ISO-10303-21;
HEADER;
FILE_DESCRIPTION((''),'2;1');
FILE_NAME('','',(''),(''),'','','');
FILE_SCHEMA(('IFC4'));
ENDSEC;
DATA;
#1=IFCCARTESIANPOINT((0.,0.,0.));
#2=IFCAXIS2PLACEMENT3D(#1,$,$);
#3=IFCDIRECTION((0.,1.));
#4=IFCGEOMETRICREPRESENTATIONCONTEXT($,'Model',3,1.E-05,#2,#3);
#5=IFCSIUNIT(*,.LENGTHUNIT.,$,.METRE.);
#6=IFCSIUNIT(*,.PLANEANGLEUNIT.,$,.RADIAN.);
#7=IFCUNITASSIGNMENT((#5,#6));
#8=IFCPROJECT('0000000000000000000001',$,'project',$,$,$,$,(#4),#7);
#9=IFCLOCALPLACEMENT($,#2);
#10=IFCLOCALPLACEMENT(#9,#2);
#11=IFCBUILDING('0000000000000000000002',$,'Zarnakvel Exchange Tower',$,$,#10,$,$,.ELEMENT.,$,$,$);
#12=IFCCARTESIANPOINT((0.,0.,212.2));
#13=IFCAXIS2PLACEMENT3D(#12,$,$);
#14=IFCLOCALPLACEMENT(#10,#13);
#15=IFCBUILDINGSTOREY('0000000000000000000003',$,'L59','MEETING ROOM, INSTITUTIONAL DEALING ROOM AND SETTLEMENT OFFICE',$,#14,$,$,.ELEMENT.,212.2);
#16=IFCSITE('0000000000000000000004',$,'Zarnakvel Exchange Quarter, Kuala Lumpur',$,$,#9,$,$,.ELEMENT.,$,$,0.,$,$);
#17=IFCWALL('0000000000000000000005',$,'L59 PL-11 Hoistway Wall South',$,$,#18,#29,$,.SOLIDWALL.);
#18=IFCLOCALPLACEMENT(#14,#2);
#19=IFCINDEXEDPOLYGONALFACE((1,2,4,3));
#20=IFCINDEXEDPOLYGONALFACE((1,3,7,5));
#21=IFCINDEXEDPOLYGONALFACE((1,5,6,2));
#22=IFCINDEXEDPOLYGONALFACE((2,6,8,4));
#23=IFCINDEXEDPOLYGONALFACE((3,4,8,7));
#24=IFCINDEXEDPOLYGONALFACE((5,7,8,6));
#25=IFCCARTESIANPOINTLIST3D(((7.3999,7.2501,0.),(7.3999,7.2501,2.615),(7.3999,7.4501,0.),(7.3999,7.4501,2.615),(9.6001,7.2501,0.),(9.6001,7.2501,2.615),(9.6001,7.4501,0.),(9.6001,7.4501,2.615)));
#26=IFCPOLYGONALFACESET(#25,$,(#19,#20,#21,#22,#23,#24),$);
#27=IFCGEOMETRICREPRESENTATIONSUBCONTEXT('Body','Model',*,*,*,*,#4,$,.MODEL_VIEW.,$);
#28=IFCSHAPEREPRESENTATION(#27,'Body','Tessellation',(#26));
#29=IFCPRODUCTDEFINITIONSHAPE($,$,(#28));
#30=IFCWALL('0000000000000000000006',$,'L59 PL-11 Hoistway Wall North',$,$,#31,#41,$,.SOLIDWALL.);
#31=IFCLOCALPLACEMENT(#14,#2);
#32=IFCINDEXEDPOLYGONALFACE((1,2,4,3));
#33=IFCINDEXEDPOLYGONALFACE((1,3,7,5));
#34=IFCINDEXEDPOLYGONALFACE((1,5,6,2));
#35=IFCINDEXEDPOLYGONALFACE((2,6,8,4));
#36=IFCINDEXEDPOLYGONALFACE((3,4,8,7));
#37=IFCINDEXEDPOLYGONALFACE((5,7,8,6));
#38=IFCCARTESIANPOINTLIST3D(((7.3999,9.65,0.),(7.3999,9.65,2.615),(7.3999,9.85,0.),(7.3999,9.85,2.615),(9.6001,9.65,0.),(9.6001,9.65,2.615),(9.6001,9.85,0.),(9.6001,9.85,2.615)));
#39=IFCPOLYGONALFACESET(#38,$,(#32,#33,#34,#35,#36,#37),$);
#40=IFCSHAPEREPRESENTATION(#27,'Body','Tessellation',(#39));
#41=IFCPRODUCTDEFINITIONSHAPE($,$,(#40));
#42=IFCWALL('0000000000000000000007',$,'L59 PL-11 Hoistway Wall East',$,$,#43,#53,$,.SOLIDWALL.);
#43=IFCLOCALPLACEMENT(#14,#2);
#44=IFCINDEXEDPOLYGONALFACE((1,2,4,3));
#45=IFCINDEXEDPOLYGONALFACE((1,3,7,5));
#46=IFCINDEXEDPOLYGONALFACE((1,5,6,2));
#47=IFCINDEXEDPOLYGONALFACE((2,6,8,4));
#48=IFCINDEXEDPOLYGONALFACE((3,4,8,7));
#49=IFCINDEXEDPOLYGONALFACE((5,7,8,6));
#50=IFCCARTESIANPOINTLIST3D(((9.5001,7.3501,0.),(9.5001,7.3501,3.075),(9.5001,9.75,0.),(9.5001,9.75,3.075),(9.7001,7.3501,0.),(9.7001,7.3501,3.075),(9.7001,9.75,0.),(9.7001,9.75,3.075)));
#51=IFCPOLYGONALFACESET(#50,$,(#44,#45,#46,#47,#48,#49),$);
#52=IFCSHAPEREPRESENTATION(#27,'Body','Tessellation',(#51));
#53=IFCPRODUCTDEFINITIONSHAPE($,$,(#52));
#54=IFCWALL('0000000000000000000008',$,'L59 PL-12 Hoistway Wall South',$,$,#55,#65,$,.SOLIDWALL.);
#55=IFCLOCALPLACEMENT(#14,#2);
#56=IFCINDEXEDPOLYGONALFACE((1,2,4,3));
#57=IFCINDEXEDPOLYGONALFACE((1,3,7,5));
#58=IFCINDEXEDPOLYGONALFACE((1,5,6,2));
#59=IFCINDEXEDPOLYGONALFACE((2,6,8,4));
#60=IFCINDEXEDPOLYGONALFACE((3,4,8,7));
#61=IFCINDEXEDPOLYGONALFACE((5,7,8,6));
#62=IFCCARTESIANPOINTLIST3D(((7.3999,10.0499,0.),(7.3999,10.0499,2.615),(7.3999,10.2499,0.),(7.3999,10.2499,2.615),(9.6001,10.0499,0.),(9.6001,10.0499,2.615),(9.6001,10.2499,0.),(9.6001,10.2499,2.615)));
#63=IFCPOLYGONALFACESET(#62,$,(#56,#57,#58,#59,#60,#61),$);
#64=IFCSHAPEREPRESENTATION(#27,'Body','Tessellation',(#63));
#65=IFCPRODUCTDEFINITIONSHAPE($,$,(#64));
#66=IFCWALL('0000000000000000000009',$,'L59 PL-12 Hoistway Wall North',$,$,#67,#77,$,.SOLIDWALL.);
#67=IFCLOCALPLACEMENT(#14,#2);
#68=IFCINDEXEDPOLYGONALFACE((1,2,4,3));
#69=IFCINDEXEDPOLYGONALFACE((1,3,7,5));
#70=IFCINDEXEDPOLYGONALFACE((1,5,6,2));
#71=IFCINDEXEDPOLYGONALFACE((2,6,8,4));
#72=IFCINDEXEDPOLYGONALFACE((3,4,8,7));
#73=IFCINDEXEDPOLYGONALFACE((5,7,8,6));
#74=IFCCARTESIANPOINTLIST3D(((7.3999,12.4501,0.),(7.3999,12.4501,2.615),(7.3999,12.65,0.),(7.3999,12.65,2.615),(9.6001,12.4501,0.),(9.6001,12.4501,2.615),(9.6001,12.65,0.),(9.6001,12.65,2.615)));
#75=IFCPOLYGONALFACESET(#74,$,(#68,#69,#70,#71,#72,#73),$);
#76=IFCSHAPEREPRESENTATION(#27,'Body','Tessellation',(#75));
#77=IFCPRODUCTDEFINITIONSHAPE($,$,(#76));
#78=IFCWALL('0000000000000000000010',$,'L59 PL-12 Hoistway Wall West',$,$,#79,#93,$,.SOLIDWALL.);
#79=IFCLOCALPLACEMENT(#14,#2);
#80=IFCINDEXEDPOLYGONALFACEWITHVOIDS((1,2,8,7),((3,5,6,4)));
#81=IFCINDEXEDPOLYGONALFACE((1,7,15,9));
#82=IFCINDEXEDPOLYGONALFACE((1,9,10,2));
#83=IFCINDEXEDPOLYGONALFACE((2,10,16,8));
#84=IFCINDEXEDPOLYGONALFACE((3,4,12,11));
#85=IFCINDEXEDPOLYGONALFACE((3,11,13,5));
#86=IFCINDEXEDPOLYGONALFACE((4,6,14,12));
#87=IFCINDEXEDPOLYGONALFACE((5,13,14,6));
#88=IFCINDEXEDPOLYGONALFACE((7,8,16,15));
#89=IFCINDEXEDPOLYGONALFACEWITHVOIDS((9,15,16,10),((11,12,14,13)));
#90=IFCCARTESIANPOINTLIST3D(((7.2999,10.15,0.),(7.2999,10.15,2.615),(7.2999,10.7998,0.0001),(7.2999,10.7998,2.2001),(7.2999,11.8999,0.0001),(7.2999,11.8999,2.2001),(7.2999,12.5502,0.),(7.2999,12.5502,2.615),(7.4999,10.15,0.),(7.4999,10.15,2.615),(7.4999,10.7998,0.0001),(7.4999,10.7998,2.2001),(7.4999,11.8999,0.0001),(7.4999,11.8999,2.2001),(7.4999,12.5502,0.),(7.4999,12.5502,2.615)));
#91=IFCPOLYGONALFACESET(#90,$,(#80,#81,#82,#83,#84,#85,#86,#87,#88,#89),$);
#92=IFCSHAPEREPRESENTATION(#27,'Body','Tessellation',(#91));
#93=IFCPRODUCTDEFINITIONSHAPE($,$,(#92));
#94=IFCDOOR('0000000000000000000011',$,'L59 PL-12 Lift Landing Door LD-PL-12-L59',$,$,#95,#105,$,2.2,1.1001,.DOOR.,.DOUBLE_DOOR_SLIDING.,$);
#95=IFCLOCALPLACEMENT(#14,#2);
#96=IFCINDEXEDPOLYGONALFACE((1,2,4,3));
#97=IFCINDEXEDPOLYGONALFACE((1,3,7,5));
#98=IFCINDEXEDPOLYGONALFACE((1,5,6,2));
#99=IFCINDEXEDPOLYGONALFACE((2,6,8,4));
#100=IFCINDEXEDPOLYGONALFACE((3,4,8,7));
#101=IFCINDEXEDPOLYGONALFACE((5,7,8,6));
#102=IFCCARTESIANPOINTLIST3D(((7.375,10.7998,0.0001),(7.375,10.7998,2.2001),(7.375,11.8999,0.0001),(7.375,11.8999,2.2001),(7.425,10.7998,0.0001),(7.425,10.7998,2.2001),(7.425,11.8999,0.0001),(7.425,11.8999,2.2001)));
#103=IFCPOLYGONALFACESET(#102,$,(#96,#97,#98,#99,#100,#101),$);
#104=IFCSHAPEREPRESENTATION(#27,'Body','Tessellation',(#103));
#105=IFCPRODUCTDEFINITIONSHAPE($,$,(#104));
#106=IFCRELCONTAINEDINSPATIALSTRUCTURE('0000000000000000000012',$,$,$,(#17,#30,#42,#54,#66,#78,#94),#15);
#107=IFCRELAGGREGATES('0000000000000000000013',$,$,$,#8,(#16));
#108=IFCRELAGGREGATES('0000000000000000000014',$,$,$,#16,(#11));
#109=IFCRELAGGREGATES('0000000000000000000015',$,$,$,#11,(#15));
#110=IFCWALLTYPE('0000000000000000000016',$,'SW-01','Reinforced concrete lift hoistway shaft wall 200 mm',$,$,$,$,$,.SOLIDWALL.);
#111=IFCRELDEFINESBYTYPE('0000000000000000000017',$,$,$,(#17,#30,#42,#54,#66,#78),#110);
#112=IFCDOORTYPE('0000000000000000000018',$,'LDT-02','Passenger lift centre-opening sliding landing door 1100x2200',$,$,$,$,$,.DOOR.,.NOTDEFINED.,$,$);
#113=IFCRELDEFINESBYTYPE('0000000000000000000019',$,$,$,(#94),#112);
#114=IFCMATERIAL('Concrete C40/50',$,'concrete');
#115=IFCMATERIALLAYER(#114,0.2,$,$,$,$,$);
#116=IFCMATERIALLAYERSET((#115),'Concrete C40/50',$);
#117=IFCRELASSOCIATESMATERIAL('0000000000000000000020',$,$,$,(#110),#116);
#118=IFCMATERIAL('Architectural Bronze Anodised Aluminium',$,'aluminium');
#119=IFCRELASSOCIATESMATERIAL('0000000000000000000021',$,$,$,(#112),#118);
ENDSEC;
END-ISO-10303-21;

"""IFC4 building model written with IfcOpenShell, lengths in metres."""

from ifc_helpers import new_model, si_unit, direction, frame, frame_2d, origin, place, context, subcontext, project, spatial, rectangle, extrude, source, transform, mapped, material, layer, layer_set, type_object, element, fill, save


model = new_model("IFC4")

# Units and contexts
model_context = context("Model", 3, precision=1e-05, world=origin(), true_north=direction((0.0, 1.0)))
body_context = subcontext(model_context, "Body", "Model", "MODEL_VIEW")
ifc_project = project(units=[si_unit("LENGTHUNIT", "METRE"), si_unit("PLANEANGLEUNIT", "RADIAN")], contexts=[model_context])

# Site, building, storey
site_placement = place(None, origin())
site = spatial("IfcSite", under=ifc_project, at=site_placement, Name="Zarnakvel Exchange Quarter, Kuala Lumpur", CompositionType="ELEMENT", RefElevation=0.0)
building_placement = place(site_placement, origin())
building = spatial("IfcBuilding", under=site, at=building_placement, Name="Zarnakvel Exchange Tower", CompositionType="ELEMENT")
storey_placement = place(building_placement, frame((0.0, 0.0, 212.2)))
storey = spatial("IfcBuildingStorey", under=building, at=storey_placement, Name="L59", Description="MEETING ROOM, INSTITUTIONAL DEALING ROOM AND SETTLEMENT OFFICE", CompositionType="ELEMENT", Elevation=212.2)

# Shared definitions
ifc_material_1 = material(Name="Architectural Bronze Anodised Aluminium", Category="aluminium")

# Walls
ifc_material_2 = material(Name="Concrete C40/50", Category="concrete")
ifc_layer_1 = layer(ifc_material_2, 0.2)
ifc_layer_set_1 = layer_set([ifc_layer_1], Name="Concrete C40/50")
wall_type_1 = type_object("IfcWallType", Name="SW-01", Description="Reinforced concrete lift hoistway shaft wall 200 mm", PredefinedType="SOLIDWALL", material=ifc_layer_set_1)
for number, where, z_axis, x_axis, name in (
    (1, (9.6001, 7.3501, 0.0), (0.0, 0.0, 1.0), (-1.0, 0.0, 0.0), "L59 PL-11 Hoistway Wall South"),
    (2, (7.3999, 9.75, 0.0), (0.0, 0.0, 1.0), (1.0, 0.0, 0.0), "L59 PL-11 Hoistway Wall North"),
):
    element("IfcWall", number, at=place(storey_placement, frame(where, z_axis=z_axis, x_axis=x_axis)), inside=storey, type_object=wall_type_1, Name=name, PredefinedType="SOLIDWALL", context=body_context, shape_type="SweptSolid", body=[
        extrude(rectangle(XDim=2.2002, YDim=0.2, at=frame_2d((1.1001, 0.0))), origin(), (0.0, 0.0, 1.0), 2.615),
    ])
wall_1_placement = place(storey_placement, frame((9.6001, 9.75, 0.0), z_axis=(0.0, 0.0, 1.0), x_axis=(0.0, -1.0, 0.0)))
element("IfcWall", 3, at=wall_1_placement, inside=storey, type_object=wall_type_1, Name="L59 PL-11 Hoistway Wall East", PredefinedType="SOLIDWALL", context=body_context, shape_type="SweptSolid", body=[
    extrude(rectangle(XDim=2.3999, YDim=0.2, at=frame_2d((1.2, 0.0))), origin(), (0.0, 0.0, 1.0), 3.075),
])
for number, where, z_axis, x_axis, name in (
    (4, (9.6001, 10.1499, 0.0), (0.0, 0.0, 1.0), (-1.0, 0.0, 0.0), "L59 PL-12 Hoistway Wall South"),
    (5, (7.3999, 12.55, 0.0), (0.0, 0.0, 1.0), (1.0, 0.0, 0.0), "L59 PL-12 Hoistway Wall North"),
):
    element("IfcWall", number, at=place(storey_placement, frame(where, z_axis=z_axis, x_axis=x_axis)), inside=storey, type_object=wall_type_1, Name=name, PredefinedType="SOLIDWALL", context=body_context, shape_type="SweptSolid", body=[
        extrude(rectangle(XDim=2.2002, YDim=0.2, at=frame_2d((1.1001, 0.0))), origin(), (0.0, 0.0, 1.0), 2.615),
    ])

# Wall, opening, door
wall_2_placement = place(storey_placement, frame((7.3999, 10.1499, 0.0), z_axis=(0.0, 0.0, 1.0), x_axis=(0.0, 1.0, 0.0)))
wall_2 = element("IfcWall", 6, at=wall_2_placement, inside=storey, type_object=wall_type_1, Name="L59 PL-12 Hoistway Wall West", PredefinedType="SOLIDWALL", context=body_context, shape_type="SweptSolid", body=[
    extrude(rectangle(XDim=2.4001, YDim=0.2, at=frame_2d((1.2002, 0.0))), origin(), (0.0, 0.0, 1.0), 2.615),
])
opening_1_placement = place(wall_2_placement, frame((0.6499, 0.0, 0.0)))
opening_1 = element("IfcOpeningElement", 7, at=opening_1_placement, cuts=wall_2, PredefinedType="OPENING", context=body_context, shape_type="SweptSolid", body=[
    extrude(rectangle(XDim=1.1001, YDim=2.2, at=frame_2d((0.55, 1.1001))), frame((0.0, 0.1099, 0.0), z_axis=(0.0, -1.0, 0.0), x_axis=(1.0, 0.0, 0.0)), (0.0, 0.0, 1.0), 0.22),
])
door_type_1 = type_object("IfcDoorType", Name="LDT-02", Description="Passenger lift centre-opening sliding landing door 1100x2200", OperationType="NOTDEFINED", PredefinedType="DOOR", material=ifc_material_1)
shared_shape_1 = source(origin(), body_context, "Body", "SweptSolid", [
    extrude(rectangle(XDim=1.1001, YDim=2.2, at=frame_2d((0.55, 1.1001))), frame((0.0, 0.0249, 0.0), z_axis=(0.0, -1.0, 0.0), x_axis=(1.0, 0.0, 0.0)), (0.0, 0.0, 1.0), 0.05),
])
door_1_placement = place(opening_1_placement, origin())
door_1 = element("IfcDoor", 8, at=door_1_placement, inside=storey, type_object=door_type_1, Name="L59 PL-12 Lift Landing Door LD-PL-12-L59", OperationType="DOUBLE_DOOR_SLIDING", OverallHeight=2.2, OverallWidth=1.1001, PredefinedType="DOOR", context=body_context, shape_type="MappedRepresentation", body=[
    mapped(shared_shape_1, transform((0.0, 0.0, 0.0), x_axis=(1.0, 0.0, 0.0), y_axis=(0.0, 1.0, 0.0), z_axis=(0.0, 0.0, 1.0), scale=1.0)),
])
fill(opening_1, door_1)

save(model, "model.ifc")
